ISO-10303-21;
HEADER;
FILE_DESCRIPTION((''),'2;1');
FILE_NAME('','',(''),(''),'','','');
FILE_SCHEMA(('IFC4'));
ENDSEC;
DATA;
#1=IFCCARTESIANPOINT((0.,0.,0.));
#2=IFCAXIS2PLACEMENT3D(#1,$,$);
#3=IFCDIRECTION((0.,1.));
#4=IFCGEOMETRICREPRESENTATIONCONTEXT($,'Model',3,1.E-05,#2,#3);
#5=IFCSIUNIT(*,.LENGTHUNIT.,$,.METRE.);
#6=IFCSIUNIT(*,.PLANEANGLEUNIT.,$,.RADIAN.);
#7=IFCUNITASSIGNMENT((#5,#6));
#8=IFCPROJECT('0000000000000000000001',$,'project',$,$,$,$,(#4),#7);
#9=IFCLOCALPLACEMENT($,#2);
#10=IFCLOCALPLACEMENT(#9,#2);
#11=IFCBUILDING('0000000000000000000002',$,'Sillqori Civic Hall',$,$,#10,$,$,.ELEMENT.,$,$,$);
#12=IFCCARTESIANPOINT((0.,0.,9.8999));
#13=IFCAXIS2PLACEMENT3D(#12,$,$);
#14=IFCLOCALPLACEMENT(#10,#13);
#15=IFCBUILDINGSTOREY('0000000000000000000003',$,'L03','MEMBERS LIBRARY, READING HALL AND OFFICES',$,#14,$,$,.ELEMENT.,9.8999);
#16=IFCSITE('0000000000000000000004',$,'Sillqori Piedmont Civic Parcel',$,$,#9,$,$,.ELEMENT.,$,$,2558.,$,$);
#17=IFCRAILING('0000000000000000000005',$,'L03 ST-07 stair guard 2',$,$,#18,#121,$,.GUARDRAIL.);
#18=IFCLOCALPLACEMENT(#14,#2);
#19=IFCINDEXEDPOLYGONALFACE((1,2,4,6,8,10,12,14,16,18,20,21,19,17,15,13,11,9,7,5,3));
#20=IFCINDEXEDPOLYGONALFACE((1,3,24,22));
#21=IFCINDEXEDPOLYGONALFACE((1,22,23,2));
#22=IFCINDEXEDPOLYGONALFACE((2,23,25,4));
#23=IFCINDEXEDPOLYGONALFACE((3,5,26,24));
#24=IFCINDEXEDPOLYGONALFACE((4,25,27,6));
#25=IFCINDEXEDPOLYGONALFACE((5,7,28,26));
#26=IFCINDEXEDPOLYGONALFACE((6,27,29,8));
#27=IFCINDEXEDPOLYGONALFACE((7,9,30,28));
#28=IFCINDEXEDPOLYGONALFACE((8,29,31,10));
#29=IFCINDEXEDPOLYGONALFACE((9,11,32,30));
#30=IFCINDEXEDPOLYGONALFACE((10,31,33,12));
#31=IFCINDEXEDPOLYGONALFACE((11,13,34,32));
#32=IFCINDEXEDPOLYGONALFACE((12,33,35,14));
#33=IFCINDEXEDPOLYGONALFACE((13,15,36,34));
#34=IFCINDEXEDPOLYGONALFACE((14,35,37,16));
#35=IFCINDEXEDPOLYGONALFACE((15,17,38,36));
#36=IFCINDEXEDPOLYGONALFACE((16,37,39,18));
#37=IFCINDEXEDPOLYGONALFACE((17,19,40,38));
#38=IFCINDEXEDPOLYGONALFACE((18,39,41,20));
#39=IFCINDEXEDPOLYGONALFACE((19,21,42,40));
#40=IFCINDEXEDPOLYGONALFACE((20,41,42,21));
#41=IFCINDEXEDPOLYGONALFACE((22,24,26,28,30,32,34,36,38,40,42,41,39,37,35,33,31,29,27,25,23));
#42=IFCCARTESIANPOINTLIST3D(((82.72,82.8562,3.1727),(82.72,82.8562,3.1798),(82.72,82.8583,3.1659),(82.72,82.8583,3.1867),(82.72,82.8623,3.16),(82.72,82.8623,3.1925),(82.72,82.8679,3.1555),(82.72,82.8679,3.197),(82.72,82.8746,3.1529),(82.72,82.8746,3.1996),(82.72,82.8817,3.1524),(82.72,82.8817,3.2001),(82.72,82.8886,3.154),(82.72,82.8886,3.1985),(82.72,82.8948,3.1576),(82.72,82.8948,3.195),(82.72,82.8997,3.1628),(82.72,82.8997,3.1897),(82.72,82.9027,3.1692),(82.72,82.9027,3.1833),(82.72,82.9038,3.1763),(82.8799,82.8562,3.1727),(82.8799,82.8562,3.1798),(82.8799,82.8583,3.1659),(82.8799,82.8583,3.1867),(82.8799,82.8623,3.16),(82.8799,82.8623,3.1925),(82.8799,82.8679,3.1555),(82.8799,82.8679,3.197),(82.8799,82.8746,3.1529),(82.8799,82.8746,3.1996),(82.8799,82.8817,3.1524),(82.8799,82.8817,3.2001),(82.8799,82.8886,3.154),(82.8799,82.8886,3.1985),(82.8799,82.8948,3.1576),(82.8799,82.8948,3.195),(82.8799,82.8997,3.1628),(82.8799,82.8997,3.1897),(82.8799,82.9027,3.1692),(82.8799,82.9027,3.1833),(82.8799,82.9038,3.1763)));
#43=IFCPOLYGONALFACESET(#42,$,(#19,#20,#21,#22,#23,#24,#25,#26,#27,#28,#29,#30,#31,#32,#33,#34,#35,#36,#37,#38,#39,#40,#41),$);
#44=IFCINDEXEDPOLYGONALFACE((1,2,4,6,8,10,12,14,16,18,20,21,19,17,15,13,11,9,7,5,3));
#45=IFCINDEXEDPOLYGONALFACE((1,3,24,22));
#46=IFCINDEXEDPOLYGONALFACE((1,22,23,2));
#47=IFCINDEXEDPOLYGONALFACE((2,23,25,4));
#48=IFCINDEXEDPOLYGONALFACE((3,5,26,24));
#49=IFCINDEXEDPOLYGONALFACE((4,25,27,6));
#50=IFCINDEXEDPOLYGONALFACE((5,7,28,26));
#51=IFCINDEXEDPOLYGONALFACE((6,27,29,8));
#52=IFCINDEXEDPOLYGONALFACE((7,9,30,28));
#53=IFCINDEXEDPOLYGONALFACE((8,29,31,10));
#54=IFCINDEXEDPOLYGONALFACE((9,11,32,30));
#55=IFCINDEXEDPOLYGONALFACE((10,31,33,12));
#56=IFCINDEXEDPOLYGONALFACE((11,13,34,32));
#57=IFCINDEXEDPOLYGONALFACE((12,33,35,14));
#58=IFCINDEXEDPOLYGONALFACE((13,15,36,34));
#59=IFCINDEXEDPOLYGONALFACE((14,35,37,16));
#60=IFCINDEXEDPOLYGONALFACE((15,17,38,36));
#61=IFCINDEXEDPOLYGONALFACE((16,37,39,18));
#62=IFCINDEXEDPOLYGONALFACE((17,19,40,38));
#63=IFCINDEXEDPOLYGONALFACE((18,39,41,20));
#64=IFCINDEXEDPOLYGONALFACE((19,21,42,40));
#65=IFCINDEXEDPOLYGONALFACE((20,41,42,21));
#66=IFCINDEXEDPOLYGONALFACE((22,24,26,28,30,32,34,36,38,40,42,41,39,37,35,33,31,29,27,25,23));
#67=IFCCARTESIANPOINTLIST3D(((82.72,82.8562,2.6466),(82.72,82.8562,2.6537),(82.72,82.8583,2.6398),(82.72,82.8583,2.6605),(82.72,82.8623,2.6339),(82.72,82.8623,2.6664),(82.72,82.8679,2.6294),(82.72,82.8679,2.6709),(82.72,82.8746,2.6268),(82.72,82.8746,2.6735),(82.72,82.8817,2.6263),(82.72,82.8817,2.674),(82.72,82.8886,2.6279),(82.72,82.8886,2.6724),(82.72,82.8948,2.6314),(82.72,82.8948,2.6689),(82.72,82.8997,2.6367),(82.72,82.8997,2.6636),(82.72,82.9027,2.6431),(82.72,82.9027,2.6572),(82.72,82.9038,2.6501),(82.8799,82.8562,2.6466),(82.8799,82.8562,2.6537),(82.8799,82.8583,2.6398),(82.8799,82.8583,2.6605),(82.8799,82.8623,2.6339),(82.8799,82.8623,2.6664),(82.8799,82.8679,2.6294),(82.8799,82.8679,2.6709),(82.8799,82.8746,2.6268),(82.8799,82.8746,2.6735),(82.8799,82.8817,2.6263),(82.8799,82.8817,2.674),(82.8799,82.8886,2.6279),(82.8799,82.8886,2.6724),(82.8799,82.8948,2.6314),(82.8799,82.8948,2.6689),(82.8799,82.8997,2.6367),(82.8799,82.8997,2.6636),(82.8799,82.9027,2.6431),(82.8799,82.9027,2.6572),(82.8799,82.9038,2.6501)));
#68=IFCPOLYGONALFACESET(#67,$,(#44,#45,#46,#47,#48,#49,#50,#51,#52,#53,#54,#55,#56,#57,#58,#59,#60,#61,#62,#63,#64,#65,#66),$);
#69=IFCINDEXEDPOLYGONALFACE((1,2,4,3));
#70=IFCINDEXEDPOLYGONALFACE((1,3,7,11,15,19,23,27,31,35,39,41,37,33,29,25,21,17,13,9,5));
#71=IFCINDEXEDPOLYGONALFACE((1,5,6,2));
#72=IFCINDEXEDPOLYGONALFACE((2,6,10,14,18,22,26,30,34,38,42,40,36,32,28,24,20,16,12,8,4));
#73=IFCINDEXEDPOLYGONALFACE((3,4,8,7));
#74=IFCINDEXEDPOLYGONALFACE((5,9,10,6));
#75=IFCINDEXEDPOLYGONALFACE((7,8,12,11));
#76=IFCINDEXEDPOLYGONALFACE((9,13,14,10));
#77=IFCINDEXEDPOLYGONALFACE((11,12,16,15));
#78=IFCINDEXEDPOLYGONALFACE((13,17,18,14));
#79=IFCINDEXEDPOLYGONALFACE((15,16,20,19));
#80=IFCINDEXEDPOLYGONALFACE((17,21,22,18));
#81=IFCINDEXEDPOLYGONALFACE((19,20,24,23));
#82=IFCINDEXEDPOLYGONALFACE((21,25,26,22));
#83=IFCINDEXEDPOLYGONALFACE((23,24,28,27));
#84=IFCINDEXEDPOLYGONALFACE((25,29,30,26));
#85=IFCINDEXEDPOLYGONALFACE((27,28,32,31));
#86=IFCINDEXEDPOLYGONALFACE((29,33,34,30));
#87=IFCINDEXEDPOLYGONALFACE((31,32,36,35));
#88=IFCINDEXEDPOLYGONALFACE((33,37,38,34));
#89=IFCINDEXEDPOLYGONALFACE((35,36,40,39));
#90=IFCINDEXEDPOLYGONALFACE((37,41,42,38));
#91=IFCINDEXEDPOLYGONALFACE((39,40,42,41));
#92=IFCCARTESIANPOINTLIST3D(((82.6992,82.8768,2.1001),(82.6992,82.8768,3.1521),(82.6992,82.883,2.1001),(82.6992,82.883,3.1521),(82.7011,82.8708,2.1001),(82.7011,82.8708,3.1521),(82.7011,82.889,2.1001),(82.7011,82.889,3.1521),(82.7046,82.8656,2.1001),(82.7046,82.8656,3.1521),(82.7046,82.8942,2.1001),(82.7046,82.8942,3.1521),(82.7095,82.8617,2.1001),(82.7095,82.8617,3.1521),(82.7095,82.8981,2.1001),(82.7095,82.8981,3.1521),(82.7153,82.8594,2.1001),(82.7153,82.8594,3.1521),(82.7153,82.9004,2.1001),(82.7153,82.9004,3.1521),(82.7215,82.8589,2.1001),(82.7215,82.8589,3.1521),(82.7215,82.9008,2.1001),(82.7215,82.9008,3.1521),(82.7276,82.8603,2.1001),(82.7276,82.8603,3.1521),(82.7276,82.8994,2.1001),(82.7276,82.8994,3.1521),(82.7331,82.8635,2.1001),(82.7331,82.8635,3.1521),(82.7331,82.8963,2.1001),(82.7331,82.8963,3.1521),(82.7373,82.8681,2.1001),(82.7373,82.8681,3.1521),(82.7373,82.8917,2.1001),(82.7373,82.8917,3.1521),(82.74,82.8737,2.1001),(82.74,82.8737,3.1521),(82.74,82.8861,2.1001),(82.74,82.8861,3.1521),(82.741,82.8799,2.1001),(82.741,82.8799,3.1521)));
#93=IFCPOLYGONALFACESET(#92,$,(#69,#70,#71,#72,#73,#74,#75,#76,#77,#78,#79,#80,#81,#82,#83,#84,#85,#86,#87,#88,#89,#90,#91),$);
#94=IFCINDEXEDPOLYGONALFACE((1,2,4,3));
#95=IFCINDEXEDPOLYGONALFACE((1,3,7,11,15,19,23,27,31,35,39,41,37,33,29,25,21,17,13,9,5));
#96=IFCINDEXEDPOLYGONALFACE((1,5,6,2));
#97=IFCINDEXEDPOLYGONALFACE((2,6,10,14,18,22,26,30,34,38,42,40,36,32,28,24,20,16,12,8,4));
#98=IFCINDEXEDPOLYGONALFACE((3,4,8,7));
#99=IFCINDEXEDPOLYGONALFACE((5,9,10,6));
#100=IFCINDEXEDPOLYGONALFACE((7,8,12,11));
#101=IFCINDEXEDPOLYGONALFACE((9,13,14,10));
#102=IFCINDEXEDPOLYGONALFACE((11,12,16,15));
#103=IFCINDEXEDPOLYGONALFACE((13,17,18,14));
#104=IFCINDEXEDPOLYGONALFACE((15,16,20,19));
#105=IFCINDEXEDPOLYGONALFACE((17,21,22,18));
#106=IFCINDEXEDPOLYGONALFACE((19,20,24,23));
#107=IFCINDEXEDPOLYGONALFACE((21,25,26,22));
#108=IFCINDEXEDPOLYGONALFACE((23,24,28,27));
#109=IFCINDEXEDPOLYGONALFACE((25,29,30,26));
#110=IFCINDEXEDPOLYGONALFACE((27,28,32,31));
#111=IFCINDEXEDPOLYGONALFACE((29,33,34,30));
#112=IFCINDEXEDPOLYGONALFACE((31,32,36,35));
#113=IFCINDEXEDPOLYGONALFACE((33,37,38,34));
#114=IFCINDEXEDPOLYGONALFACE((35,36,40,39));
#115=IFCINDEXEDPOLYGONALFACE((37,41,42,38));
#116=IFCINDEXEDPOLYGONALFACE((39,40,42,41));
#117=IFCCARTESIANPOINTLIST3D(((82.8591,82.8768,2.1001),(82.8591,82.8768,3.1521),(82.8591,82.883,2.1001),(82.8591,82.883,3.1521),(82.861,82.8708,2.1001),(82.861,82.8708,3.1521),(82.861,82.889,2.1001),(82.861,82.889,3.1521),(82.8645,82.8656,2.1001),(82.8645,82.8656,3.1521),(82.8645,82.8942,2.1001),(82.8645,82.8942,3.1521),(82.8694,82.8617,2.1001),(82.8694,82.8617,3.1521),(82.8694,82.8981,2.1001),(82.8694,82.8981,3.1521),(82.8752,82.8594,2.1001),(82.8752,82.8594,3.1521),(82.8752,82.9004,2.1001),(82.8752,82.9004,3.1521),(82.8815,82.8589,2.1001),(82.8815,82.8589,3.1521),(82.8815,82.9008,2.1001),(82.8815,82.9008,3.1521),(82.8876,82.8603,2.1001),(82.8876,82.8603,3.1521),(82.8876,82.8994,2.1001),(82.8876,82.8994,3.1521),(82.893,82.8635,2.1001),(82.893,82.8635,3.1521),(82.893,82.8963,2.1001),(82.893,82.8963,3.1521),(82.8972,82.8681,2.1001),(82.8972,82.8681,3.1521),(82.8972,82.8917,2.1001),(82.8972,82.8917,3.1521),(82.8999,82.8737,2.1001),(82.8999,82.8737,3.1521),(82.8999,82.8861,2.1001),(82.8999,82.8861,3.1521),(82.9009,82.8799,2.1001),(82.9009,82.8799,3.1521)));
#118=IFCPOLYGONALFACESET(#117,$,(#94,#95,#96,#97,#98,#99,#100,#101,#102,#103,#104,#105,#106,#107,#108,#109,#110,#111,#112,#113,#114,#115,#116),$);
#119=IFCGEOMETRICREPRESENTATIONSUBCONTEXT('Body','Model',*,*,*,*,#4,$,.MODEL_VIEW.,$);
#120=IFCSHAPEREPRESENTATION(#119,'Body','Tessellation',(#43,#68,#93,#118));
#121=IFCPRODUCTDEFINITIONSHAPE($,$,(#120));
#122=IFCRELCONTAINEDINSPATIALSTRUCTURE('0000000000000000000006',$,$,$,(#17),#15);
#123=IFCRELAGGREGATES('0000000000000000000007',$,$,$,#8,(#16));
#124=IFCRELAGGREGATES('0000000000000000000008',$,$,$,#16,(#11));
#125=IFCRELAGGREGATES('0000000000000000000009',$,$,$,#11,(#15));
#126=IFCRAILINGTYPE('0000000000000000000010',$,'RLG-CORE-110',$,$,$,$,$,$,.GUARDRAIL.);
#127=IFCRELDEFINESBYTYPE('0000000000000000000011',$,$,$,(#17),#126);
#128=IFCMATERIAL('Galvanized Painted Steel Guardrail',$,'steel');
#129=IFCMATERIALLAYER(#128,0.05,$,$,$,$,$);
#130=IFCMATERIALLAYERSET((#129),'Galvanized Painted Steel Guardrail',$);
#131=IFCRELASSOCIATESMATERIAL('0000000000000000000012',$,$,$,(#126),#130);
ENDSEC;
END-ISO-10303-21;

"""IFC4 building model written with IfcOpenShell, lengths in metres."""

from ifc_helpers import new_model, si_unit, direction, frame, origin, origin_2d, place, context, subcontext, project, spatial, circle, extrude, material, layer, layer_set, type_object, element, save


model = new_model("IFC4")

# Units and contexts
model_context = context("Model", 3, precision=1e-05, world=origin(), true_north=direction((0.0, 1.0)))
body_context = subcontext(model_context, "Body", "Model", "MODEL_VIEW")
ifc_project = project(units=[si_unit("LENGTHUNIT", "METRE"), si_unit("PLANEANGLEUNIT", "RADIAN")], contexts=[model_context])

# Site, building, storey
site_placement = place(None, origin())
site = spatial("IfcSite", under=ifc_project, at=site_placement, Name="Sillqori Piedmont Civic Parcel", CompositionType="ELEMENT", RefElevation=2558.0)
building_placement = place(site_placement, origin())
building = spatial("IfcBuilding", under=site, at=building_placement, Name="Sillqori Civic Hall", CompositionType="ELEMENT")
storey_placement = place(building_placement, frame((0.0, 0.0, 9.8999)))
storey = spatial("IfcBuildingStorey", under=building, at=storey_placement, Name="L03", Description="MEMBERS LIBRARY, READING HALL AND OFFICES", CompositionType="ELEMENT", Elevation=9.8999)

# Railing
ifc_material_1 = material(Name="Galvanized Painted Steel Guardrail", Category="steel")
ifc_layer_1 = layer(ifc_material_1, 0.05)
ifc_layer_set_1 = layer_set([ifc_layer_1], Name="Galvanized Painted Steel Guardrail")
railing_type_1 = type_object("IfcRailingType", Name="RLG-CORE-110", PredefinedType="GUARDRAIL", material=ifc_layer_set_1)
railing_1_placement = place(storey_placement, frame((82.72, 82.8799, 2.1001)))
element("IfcRailing", 1, at=railing_1_placement, inside=storey, type_object=railing_type_1, Name="L03 ST-07 stair guard 2", PredefinedType="GUARDRAIL", context=body_context, shape_type="SweptSolid", body=[
    extrude(circle(Radius=0.0239, at=origin_2d()), frame((0.0, 0.0, 1.0762), z_axis=(1.0, 0.0, 0.0), x_axis=(0.0, 1.0, 0.0)), (0.0, 0.0, 1.0), 0.1599),
    extrude(circle(Radius=0.0239, at=origin_2d()), frame((0.0, 0.0, 0.55), z_axis=(1.0, 0.0, 0.0), x_axis=(0.0, 1.0, 0.0)), (0.0, 0.0, 1.0), 0.1599),
    extrude(circle(Radius=0.021, at=origin_2d()), origin(), (0.0, 0.0, 1.0), 1.052),
    extrude(circle(Radius=0.021, at=origin_2d()), frame((0.1599, 0.0, 0.0)), (0.0, 0.0, 1.0), 1.052),
])

save(model, "model.ifc")
